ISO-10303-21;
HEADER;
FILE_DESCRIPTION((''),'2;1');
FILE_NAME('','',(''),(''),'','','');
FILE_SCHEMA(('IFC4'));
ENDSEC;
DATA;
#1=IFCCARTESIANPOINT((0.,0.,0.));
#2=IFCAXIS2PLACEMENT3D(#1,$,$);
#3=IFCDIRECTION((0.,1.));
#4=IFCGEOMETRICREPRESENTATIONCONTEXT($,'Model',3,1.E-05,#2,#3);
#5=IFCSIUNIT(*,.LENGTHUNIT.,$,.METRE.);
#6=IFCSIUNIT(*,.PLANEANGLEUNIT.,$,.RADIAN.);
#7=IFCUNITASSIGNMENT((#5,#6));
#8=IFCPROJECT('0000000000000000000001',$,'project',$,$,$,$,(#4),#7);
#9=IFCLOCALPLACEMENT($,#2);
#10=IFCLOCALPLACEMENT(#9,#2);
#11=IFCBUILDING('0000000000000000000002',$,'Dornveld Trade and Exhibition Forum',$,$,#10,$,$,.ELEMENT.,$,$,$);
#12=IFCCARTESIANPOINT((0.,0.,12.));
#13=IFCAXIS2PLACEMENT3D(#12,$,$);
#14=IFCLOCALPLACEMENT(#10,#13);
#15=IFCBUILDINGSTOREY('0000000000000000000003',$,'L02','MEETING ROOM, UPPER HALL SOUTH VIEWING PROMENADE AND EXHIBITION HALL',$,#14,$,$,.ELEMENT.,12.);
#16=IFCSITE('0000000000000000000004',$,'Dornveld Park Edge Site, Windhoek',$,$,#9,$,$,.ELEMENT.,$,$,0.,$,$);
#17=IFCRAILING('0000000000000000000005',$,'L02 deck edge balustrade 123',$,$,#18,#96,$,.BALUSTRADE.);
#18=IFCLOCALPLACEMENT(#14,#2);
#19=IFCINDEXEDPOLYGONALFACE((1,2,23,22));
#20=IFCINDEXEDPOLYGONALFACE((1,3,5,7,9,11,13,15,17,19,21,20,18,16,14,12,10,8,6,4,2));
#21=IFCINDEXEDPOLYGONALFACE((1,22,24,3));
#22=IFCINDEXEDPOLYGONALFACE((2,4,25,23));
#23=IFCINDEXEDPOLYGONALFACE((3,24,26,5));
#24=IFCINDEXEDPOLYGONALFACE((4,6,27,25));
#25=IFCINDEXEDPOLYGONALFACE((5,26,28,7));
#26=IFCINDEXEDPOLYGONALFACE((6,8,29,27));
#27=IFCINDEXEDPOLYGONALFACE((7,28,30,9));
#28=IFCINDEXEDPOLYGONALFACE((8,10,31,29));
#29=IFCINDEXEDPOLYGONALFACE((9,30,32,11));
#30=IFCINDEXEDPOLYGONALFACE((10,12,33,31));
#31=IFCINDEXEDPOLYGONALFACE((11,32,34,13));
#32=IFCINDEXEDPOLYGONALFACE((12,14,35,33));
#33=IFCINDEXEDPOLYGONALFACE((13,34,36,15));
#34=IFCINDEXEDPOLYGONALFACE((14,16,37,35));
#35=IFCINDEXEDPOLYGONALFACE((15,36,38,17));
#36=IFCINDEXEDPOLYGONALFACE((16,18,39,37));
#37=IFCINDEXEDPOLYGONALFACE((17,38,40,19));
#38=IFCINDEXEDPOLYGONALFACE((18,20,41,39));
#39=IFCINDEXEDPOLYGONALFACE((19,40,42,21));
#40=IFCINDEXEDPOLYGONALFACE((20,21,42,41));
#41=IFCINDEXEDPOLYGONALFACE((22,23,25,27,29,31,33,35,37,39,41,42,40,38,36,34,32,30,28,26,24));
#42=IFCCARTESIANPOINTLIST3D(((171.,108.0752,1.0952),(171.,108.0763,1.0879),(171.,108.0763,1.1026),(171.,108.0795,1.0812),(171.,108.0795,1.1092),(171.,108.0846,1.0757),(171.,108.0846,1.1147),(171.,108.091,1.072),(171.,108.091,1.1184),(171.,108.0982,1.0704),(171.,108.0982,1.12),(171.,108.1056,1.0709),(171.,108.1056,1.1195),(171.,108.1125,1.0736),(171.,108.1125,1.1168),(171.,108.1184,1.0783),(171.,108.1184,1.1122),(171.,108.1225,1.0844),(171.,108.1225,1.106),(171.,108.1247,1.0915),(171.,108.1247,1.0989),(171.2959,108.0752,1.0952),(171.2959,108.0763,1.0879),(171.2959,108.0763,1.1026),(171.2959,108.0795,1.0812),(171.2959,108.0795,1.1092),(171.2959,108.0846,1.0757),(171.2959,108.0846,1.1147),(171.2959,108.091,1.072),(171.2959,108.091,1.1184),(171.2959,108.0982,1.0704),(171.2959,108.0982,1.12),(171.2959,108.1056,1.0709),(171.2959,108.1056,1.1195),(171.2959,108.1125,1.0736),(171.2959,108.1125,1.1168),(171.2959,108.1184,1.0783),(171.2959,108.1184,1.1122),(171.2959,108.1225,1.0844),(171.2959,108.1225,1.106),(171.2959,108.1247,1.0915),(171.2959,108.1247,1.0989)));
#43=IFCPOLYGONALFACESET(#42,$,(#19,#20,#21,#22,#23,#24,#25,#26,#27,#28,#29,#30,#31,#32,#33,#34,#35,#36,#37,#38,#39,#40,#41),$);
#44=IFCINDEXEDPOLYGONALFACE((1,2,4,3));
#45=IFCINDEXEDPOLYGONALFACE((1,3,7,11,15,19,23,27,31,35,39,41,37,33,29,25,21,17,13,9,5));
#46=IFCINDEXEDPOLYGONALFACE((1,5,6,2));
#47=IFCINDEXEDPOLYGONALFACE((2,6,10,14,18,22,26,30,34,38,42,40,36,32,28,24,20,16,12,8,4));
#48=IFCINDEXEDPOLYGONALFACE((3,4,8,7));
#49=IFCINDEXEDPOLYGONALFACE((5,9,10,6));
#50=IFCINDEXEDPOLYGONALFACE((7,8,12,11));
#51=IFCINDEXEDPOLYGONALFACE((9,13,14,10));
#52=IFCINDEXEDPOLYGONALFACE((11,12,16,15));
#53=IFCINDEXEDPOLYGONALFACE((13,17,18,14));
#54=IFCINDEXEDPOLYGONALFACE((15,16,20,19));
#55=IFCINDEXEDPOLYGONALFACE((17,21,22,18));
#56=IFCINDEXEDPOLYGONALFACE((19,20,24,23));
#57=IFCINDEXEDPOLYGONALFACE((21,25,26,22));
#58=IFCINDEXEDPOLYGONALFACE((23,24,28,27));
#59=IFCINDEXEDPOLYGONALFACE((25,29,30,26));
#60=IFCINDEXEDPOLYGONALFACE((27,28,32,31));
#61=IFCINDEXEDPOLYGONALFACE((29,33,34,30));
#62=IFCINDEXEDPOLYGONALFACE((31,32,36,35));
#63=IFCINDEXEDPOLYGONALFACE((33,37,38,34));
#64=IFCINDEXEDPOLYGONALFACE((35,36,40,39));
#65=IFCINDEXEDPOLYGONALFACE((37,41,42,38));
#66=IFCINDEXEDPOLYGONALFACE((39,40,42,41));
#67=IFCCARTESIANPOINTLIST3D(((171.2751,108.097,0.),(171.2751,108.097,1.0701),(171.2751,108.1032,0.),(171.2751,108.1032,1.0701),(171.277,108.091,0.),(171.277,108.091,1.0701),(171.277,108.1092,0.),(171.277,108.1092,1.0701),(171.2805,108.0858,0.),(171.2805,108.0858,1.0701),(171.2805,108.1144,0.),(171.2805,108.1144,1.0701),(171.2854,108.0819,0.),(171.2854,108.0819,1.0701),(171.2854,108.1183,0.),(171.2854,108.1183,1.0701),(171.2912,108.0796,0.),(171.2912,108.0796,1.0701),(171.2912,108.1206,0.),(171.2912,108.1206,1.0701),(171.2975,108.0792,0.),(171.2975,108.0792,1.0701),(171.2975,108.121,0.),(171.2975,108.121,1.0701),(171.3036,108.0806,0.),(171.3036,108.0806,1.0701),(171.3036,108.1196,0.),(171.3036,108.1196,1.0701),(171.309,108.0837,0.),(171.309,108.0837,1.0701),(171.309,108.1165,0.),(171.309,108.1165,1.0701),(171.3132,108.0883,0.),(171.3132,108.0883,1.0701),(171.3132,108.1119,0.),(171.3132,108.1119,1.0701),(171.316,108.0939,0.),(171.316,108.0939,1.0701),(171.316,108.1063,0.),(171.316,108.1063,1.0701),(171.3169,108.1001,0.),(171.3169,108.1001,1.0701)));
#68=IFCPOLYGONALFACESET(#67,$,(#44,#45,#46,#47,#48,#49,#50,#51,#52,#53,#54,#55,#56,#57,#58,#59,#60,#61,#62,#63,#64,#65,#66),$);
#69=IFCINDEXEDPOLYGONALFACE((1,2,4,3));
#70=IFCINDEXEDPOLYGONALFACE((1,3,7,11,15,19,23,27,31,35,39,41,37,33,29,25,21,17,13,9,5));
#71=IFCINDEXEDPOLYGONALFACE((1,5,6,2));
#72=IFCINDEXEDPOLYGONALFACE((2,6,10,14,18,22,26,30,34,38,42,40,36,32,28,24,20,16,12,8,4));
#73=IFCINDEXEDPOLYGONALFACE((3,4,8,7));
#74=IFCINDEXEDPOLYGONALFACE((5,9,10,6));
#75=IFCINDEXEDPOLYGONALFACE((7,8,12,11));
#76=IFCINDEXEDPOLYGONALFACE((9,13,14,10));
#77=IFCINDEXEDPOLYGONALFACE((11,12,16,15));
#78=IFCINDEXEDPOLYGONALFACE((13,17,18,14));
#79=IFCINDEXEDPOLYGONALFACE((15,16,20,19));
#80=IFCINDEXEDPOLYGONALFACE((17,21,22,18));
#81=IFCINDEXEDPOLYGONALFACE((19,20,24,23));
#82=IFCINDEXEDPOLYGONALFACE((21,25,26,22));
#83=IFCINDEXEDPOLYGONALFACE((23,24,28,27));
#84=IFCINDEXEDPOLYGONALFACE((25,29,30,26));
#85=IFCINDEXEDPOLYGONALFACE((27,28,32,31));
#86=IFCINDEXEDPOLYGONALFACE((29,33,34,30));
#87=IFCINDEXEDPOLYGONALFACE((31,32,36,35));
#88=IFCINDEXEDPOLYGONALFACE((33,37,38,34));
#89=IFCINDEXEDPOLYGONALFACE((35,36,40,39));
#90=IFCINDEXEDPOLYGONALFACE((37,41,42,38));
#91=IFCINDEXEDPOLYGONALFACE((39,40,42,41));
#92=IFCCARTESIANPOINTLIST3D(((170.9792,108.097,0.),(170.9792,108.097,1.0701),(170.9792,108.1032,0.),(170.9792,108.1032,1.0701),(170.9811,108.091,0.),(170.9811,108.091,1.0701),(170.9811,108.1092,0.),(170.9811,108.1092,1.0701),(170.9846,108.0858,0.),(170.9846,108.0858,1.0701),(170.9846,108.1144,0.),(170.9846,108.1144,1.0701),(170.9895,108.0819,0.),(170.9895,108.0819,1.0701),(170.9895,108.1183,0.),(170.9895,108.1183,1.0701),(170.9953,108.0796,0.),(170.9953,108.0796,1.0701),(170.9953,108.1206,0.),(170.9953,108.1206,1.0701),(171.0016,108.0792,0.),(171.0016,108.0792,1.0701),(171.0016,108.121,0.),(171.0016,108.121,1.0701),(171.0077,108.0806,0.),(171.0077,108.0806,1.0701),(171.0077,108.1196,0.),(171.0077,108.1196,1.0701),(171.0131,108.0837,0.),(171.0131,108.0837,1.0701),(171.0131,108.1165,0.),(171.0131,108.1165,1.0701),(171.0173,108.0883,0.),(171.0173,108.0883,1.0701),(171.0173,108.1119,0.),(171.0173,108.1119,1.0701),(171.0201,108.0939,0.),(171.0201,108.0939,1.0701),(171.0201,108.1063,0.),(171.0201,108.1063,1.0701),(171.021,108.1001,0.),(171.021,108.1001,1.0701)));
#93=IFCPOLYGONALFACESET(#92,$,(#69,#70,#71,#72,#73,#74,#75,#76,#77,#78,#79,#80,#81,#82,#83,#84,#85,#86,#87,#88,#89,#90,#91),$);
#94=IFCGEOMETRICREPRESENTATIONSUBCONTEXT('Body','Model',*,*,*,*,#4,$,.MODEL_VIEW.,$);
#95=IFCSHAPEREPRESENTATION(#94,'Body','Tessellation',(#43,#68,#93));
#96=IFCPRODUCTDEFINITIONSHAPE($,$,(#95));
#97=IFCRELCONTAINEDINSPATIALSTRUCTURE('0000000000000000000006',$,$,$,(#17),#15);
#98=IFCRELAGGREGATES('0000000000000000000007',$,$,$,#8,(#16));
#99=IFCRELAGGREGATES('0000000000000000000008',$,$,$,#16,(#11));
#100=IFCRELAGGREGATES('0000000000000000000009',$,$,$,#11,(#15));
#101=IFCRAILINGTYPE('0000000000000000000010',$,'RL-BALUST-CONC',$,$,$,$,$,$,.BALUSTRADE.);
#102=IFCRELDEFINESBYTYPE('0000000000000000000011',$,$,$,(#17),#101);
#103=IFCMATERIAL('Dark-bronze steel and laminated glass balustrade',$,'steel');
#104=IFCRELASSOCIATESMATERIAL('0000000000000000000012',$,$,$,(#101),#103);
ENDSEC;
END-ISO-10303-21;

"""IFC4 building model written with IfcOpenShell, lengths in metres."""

from ifc_helpers import new_model, si_unit, direction, frame, origin, origin_2d, place, context, subcontext, project, spatial, circle, extrude, material, type_object, element, save


model = new_model("IFC4")

# Units and contexts
model_context = context("Model", 3, precision=1e-05, world=origin(), true_north=direction((0.0, 1.0)))
body_context = subcontext(model_context, "Body", "Model", "MODEL_VIEW")
ifc_project = project(units=[si_unit("LENGTHUNIT", "METRE"), si_unit("PLANEANGLEUNIT", "RADIAN")], contexts=[model_context])

# Site, building, storey
site_placement = place(None, origin())
site = spatial("IfcSite", under=ifc_project, at=site_placement, Name="Dornveld Park Edge Site, Windhoek", CompositionType="ELEMENT", RefElevation=0.0)
building_placement = place(site_placement, origin())
building = spatial("IfcBuilding", under=site, at=building_placement, Name="Dornveld Trade and Exhibition Forum", CompositionType="ELEMENT")
storey_placement = place(building_placement, frame((0.0, 0.0, 12.0)))
storey = spatial("IfcBuildingStorey", under=building, at=storey_placement, Name="L02", Description="MEETING ROOM, UPPER HALL SOUTH VIEWING PROMENADE AND EXHIBITION HALL", CompositionType="ELEMENT", Elevation=12.0)

# Railing
ifc_material_1 = material(Name="Dark-bronze steel and laminated glass balustrade", Category="steel")
railing_type = type_object("IfcRailingType", Name="RL-BALUST-CONC", PredefinedType="BALUSTRADE", material=ifc_material_1)
railing_1_placement = place(storey_placement, frame((171.2959, 108.1001, 0.0)))
element("IfcRailing", 1, at=railing_1_placement, inside=storey, type_object=railing_type, Name="L02 deck edge balustrade 123", PredefinedType="BALUSTRADE", context=body_context, shape_type="SweptSolid", body=[
    extrude(circle(Radius=0.0249, at=origin_2d()), frame((0.0, 0.0, 1.0952), z_axis=(-1.0, 0.0, 0.0), x_axis=(0.0, -1.0, 0.0)), (0.0, 0.0, 1.0), 0.2959),
    extrude(circle(Radius=0.021, at=origin_2d()), origin(), (0.0, 0.0, 1.0), 1.0701),
    extrude(circle(Radius=0.021, at=origin_2d()), frame((-0.2959, 0.0, 0.0)), (0.0, 0.0, 1.0), 1.0701),
])

save(model, "model.ifc")
